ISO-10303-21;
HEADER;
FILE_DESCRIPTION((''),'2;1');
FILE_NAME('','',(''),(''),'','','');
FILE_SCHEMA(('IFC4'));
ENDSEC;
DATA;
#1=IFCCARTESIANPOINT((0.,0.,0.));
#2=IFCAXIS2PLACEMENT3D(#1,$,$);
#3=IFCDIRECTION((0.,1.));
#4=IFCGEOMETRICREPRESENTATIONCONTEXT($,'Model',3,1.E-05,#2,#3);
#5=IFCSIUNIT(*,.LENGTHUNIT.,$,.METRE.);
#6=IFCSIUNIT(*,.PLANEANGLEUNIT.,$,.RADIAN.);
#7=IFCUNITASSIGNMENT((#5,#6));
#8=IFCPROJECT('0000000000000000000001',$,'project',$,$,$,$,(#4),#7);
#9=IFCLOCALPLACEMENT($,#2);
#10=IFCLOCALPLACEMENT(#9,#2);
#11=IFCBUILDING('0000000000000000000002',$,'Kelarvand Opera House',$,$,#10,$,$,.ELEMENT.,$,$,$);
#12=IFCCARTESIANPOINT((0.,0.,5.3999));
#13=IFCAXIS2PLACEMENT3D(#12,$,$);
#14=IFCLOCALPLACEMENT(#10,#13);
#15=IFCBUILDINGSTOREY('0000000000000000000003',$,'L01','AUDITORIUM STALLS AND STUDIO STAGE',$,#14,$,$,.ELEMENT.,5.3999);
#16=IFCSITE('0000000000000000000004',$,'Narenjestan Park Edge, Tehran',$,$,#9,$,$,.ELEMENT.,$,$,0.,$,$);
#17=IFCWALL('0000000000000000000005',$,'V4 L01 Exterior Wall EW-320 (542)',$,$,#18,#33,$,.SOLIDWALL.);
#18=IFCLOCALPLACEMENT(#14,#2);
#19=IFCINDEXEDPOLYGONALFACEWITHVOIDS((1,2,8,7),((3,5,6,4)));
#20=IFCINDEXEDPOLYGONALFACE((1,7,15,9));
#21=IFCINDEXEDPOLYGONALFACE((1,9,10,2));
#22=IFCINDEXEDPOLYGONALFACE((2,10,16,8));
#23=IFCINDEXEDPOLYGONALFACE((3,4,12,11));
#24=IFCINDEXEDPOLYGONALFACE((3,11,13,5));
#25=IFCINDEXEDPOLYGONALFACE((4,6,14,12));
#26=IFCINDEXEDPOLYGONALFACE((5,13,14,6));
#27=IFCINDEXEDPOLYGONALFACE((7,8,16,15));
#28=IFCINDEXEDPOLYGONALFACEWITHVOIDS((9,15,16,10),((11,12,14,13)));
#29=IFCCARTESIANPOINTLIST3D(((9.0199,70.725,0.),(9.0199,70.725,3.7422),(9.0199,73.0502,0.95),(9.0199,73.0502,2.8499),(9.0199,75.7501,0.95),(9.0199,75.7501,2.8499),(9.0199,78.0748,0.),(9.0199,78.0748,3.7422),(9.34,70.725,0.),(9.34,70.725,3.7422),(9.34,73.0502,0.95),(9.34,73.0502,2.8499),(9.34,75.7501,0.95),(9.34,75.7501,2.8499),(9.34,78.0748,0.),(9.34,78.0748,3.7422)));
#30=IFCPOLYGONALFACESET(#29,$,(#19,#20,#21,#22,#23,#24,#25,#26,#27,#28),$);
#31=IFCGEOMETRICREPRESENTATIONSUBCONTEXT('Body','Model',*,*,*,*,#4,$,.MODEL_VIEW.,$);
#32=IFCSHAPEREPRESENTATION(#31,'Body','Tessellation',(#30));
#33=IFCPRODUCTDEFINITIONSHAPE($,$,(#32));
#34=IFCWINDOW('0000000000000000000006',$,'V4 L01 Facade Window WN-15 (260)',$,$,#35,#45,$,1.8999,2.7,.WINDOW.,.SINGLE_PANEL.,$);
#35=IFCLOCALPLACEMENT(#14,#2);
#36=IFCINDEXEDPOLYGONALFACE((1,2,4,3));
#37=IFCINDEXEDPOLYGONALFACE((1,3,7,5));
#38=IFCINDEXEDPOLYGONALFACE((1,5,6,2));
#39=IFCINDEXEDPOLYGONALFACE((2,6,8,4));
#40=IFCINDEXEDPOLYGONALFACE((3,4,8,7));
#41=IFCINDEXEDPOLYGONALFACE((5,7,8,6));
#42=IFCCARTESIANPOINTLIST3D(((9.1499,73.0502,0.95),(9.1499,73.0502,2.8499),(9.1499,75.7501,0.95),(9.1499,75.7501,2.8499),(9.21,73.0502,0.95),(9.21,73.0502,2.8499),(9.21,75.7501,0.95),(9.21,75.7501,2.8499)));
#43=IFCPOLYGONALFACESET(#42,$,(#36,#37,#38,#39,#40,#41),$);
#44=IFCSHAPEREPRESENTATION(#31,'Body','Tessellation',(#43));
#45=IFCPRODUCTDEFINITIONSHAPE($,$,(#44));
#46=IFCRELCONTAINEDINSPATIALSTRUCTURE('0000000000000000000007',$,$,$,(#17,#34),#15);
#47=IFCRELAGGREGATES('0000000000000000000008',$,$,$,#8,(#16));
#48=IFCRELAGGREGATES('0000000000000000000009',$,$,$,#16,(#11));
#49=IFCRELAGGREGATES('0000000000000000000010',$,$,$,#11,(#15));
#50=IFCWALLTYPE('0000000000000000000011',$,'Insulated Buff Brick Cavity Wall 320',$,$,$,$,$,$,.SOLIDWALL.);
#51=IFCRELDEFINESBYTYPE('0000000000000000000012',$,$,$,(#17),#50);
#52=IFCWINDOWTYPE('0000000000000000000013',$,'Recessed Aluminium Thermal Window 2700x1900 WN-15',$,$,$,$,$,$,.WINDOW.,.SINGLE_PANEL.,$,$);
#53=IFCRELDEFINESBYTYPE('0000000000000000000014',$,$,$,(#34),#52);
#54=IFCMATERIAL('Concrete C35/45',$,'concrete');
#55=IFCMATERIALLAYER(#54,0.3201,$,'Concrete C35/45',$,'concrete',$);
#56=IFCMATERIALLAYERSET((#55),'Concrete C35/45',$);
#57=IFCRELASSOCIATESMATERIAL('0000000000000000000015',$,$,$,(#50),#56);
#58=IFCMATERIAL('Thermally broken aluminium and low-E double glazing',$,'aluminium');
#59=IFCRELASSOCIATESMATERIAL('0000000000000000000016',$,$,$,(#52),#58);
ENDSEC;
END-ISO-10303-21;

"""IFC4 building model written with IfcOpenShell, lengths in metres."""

from ifc_helpers import new_model, si_unit, direction, frame, frame_2d, origin, place, context, subcontext, project, spatial, rectangle, extrude, material, layer, layer_set, type_object, element, fill, save


model = new_model("IFC4")

# Units and contexts
model_context = context("Model", 3, precision=1e-05, world=origin(), true_north=direction((0.0, 1.0)))
body_context = subcontext(model_context, "Body", "Model", "MODEL_VIEW")
ifc_project = project(units=[si_unit("LENGTHUNIT", "METRE"), si_unit("PLANEANGLEUNIT", "RADIAN")], contexts=[model_context])

# Site, building, storey
site_placement = place(None, origin())
site = spatial("IfcSite", under=ifc_project, at=site_placement, Name="Narenjestan Park Edge, Tehran", CompositionType="ELEMENT", RefElevation=0.0)
building_placement = place(site_placement, origin())
building = spatial("IfcBuilding", under=site, at=building_placement, Name="Kelarvand Opera House", CompositionType="ELEMENT")
storey_placement = place(building_placement, frame((0.0, 0.0, 5.3999)))
storey = spatial("IfcBuildingStorey", under=building, at=storey_placement, Name="L01", Description="AUDITORIUM STALLS AND STUDIO STAGE", CompositionType="ELEMENT", Elevation=5.3999)

# Wall, opening, window
ifc_material_1 = material(Name="Concrete C35/45", Category="concrete")
ifc_layer_1 = layer(ifc_material_1, 0.3201, Name="Concrete C35/45", Category="concrete")
ifc_layer_set_1 = layer_set([ifc_layer_1], Name="Concrete C35/45")
wall_type = type_object("IfcWallType", Name="Insulated Buff Brick Cavity Wall 320", PredefinedType="SOLIDWALL", material=ifc_layer_set_1)
wall_placement = place(storey_placement, frame((9.1799, 70.7251, 0.0), z_axis=(0.0, 0.0, 1.0), x_axis=(0.0, 1.0, 0.0)))
wall = element("IfcWall", 1, at=wall_placement, inside=storey, type_object=wall_type, Name="V4 L01 Exterior Wall EW-320 (542)", PredefinedType="SOLIDWALL", context=body_context, shape_type="SweptSolid", body=[
    extrude(rectangle(XDim=7.3499, YDim=0.3201, at=frame_2d((3.6748, 0.0))), origin(), (0.0, 0.0, 1.0), 3.7422),
])
opening_placement = place(wall_placement, frame((2.325, 0.0, 0.95)))
opening = element("IfcOpeningElement", 2, at=opening_placement, cuts=wall, PredefinedType="OPENING", context=body_context, shape_type="SweptSolid", body=[
    extrude(rectangle(XDim=2.7, YDim=1.8999, at=frame_2d((1.3501, 0.95))), frame((0.0, 0.1699, 0.0), z_axis=(0.0, -1.0, 0.0), x_axis=(1.0, 0.0, 0.0)), (0.0, 0.0, 1.0), 0.3401),
])
ifc_material_2 = material(Name="Thermally broken aluminium and low-E double glazing", Category="aluminium")
window_type = type_object("IfcWindowType", Name="Recessed Aluminium Thermal Window 2700x1900 WN-15", PartitioningType="SINGLE_PANEL", PredefinedType="WINDOW", material=ifc_material_2)
window_placement = place(opening_placement, origin())
window = element("IfcWindow", 3, at=window_placement, inside=storey, type_object=window_type, Name="V4 L01 Facade Window WN-15 (260)", OverallHeight=1.8999, OverallWidth=2.7, PartitioningType="SINGLE_PANEL", PredefinedType="WINDOW", context=body_context, shape_type="SweptSolid", body=[
    extrude(rectangle(XDim=2.7, YDim=1.8999, at=frame_2d((1.3501, 0.95))), frame((0.0, 0.03, 0.0), z_axis=(0.0, -1.0, 0.0), x_axis=(1.0, 0.0, 0.0)), (0.0, 0.0, 1.0), 0.0601),
])
fill(opening, window)

save(model, "model.ifc")
